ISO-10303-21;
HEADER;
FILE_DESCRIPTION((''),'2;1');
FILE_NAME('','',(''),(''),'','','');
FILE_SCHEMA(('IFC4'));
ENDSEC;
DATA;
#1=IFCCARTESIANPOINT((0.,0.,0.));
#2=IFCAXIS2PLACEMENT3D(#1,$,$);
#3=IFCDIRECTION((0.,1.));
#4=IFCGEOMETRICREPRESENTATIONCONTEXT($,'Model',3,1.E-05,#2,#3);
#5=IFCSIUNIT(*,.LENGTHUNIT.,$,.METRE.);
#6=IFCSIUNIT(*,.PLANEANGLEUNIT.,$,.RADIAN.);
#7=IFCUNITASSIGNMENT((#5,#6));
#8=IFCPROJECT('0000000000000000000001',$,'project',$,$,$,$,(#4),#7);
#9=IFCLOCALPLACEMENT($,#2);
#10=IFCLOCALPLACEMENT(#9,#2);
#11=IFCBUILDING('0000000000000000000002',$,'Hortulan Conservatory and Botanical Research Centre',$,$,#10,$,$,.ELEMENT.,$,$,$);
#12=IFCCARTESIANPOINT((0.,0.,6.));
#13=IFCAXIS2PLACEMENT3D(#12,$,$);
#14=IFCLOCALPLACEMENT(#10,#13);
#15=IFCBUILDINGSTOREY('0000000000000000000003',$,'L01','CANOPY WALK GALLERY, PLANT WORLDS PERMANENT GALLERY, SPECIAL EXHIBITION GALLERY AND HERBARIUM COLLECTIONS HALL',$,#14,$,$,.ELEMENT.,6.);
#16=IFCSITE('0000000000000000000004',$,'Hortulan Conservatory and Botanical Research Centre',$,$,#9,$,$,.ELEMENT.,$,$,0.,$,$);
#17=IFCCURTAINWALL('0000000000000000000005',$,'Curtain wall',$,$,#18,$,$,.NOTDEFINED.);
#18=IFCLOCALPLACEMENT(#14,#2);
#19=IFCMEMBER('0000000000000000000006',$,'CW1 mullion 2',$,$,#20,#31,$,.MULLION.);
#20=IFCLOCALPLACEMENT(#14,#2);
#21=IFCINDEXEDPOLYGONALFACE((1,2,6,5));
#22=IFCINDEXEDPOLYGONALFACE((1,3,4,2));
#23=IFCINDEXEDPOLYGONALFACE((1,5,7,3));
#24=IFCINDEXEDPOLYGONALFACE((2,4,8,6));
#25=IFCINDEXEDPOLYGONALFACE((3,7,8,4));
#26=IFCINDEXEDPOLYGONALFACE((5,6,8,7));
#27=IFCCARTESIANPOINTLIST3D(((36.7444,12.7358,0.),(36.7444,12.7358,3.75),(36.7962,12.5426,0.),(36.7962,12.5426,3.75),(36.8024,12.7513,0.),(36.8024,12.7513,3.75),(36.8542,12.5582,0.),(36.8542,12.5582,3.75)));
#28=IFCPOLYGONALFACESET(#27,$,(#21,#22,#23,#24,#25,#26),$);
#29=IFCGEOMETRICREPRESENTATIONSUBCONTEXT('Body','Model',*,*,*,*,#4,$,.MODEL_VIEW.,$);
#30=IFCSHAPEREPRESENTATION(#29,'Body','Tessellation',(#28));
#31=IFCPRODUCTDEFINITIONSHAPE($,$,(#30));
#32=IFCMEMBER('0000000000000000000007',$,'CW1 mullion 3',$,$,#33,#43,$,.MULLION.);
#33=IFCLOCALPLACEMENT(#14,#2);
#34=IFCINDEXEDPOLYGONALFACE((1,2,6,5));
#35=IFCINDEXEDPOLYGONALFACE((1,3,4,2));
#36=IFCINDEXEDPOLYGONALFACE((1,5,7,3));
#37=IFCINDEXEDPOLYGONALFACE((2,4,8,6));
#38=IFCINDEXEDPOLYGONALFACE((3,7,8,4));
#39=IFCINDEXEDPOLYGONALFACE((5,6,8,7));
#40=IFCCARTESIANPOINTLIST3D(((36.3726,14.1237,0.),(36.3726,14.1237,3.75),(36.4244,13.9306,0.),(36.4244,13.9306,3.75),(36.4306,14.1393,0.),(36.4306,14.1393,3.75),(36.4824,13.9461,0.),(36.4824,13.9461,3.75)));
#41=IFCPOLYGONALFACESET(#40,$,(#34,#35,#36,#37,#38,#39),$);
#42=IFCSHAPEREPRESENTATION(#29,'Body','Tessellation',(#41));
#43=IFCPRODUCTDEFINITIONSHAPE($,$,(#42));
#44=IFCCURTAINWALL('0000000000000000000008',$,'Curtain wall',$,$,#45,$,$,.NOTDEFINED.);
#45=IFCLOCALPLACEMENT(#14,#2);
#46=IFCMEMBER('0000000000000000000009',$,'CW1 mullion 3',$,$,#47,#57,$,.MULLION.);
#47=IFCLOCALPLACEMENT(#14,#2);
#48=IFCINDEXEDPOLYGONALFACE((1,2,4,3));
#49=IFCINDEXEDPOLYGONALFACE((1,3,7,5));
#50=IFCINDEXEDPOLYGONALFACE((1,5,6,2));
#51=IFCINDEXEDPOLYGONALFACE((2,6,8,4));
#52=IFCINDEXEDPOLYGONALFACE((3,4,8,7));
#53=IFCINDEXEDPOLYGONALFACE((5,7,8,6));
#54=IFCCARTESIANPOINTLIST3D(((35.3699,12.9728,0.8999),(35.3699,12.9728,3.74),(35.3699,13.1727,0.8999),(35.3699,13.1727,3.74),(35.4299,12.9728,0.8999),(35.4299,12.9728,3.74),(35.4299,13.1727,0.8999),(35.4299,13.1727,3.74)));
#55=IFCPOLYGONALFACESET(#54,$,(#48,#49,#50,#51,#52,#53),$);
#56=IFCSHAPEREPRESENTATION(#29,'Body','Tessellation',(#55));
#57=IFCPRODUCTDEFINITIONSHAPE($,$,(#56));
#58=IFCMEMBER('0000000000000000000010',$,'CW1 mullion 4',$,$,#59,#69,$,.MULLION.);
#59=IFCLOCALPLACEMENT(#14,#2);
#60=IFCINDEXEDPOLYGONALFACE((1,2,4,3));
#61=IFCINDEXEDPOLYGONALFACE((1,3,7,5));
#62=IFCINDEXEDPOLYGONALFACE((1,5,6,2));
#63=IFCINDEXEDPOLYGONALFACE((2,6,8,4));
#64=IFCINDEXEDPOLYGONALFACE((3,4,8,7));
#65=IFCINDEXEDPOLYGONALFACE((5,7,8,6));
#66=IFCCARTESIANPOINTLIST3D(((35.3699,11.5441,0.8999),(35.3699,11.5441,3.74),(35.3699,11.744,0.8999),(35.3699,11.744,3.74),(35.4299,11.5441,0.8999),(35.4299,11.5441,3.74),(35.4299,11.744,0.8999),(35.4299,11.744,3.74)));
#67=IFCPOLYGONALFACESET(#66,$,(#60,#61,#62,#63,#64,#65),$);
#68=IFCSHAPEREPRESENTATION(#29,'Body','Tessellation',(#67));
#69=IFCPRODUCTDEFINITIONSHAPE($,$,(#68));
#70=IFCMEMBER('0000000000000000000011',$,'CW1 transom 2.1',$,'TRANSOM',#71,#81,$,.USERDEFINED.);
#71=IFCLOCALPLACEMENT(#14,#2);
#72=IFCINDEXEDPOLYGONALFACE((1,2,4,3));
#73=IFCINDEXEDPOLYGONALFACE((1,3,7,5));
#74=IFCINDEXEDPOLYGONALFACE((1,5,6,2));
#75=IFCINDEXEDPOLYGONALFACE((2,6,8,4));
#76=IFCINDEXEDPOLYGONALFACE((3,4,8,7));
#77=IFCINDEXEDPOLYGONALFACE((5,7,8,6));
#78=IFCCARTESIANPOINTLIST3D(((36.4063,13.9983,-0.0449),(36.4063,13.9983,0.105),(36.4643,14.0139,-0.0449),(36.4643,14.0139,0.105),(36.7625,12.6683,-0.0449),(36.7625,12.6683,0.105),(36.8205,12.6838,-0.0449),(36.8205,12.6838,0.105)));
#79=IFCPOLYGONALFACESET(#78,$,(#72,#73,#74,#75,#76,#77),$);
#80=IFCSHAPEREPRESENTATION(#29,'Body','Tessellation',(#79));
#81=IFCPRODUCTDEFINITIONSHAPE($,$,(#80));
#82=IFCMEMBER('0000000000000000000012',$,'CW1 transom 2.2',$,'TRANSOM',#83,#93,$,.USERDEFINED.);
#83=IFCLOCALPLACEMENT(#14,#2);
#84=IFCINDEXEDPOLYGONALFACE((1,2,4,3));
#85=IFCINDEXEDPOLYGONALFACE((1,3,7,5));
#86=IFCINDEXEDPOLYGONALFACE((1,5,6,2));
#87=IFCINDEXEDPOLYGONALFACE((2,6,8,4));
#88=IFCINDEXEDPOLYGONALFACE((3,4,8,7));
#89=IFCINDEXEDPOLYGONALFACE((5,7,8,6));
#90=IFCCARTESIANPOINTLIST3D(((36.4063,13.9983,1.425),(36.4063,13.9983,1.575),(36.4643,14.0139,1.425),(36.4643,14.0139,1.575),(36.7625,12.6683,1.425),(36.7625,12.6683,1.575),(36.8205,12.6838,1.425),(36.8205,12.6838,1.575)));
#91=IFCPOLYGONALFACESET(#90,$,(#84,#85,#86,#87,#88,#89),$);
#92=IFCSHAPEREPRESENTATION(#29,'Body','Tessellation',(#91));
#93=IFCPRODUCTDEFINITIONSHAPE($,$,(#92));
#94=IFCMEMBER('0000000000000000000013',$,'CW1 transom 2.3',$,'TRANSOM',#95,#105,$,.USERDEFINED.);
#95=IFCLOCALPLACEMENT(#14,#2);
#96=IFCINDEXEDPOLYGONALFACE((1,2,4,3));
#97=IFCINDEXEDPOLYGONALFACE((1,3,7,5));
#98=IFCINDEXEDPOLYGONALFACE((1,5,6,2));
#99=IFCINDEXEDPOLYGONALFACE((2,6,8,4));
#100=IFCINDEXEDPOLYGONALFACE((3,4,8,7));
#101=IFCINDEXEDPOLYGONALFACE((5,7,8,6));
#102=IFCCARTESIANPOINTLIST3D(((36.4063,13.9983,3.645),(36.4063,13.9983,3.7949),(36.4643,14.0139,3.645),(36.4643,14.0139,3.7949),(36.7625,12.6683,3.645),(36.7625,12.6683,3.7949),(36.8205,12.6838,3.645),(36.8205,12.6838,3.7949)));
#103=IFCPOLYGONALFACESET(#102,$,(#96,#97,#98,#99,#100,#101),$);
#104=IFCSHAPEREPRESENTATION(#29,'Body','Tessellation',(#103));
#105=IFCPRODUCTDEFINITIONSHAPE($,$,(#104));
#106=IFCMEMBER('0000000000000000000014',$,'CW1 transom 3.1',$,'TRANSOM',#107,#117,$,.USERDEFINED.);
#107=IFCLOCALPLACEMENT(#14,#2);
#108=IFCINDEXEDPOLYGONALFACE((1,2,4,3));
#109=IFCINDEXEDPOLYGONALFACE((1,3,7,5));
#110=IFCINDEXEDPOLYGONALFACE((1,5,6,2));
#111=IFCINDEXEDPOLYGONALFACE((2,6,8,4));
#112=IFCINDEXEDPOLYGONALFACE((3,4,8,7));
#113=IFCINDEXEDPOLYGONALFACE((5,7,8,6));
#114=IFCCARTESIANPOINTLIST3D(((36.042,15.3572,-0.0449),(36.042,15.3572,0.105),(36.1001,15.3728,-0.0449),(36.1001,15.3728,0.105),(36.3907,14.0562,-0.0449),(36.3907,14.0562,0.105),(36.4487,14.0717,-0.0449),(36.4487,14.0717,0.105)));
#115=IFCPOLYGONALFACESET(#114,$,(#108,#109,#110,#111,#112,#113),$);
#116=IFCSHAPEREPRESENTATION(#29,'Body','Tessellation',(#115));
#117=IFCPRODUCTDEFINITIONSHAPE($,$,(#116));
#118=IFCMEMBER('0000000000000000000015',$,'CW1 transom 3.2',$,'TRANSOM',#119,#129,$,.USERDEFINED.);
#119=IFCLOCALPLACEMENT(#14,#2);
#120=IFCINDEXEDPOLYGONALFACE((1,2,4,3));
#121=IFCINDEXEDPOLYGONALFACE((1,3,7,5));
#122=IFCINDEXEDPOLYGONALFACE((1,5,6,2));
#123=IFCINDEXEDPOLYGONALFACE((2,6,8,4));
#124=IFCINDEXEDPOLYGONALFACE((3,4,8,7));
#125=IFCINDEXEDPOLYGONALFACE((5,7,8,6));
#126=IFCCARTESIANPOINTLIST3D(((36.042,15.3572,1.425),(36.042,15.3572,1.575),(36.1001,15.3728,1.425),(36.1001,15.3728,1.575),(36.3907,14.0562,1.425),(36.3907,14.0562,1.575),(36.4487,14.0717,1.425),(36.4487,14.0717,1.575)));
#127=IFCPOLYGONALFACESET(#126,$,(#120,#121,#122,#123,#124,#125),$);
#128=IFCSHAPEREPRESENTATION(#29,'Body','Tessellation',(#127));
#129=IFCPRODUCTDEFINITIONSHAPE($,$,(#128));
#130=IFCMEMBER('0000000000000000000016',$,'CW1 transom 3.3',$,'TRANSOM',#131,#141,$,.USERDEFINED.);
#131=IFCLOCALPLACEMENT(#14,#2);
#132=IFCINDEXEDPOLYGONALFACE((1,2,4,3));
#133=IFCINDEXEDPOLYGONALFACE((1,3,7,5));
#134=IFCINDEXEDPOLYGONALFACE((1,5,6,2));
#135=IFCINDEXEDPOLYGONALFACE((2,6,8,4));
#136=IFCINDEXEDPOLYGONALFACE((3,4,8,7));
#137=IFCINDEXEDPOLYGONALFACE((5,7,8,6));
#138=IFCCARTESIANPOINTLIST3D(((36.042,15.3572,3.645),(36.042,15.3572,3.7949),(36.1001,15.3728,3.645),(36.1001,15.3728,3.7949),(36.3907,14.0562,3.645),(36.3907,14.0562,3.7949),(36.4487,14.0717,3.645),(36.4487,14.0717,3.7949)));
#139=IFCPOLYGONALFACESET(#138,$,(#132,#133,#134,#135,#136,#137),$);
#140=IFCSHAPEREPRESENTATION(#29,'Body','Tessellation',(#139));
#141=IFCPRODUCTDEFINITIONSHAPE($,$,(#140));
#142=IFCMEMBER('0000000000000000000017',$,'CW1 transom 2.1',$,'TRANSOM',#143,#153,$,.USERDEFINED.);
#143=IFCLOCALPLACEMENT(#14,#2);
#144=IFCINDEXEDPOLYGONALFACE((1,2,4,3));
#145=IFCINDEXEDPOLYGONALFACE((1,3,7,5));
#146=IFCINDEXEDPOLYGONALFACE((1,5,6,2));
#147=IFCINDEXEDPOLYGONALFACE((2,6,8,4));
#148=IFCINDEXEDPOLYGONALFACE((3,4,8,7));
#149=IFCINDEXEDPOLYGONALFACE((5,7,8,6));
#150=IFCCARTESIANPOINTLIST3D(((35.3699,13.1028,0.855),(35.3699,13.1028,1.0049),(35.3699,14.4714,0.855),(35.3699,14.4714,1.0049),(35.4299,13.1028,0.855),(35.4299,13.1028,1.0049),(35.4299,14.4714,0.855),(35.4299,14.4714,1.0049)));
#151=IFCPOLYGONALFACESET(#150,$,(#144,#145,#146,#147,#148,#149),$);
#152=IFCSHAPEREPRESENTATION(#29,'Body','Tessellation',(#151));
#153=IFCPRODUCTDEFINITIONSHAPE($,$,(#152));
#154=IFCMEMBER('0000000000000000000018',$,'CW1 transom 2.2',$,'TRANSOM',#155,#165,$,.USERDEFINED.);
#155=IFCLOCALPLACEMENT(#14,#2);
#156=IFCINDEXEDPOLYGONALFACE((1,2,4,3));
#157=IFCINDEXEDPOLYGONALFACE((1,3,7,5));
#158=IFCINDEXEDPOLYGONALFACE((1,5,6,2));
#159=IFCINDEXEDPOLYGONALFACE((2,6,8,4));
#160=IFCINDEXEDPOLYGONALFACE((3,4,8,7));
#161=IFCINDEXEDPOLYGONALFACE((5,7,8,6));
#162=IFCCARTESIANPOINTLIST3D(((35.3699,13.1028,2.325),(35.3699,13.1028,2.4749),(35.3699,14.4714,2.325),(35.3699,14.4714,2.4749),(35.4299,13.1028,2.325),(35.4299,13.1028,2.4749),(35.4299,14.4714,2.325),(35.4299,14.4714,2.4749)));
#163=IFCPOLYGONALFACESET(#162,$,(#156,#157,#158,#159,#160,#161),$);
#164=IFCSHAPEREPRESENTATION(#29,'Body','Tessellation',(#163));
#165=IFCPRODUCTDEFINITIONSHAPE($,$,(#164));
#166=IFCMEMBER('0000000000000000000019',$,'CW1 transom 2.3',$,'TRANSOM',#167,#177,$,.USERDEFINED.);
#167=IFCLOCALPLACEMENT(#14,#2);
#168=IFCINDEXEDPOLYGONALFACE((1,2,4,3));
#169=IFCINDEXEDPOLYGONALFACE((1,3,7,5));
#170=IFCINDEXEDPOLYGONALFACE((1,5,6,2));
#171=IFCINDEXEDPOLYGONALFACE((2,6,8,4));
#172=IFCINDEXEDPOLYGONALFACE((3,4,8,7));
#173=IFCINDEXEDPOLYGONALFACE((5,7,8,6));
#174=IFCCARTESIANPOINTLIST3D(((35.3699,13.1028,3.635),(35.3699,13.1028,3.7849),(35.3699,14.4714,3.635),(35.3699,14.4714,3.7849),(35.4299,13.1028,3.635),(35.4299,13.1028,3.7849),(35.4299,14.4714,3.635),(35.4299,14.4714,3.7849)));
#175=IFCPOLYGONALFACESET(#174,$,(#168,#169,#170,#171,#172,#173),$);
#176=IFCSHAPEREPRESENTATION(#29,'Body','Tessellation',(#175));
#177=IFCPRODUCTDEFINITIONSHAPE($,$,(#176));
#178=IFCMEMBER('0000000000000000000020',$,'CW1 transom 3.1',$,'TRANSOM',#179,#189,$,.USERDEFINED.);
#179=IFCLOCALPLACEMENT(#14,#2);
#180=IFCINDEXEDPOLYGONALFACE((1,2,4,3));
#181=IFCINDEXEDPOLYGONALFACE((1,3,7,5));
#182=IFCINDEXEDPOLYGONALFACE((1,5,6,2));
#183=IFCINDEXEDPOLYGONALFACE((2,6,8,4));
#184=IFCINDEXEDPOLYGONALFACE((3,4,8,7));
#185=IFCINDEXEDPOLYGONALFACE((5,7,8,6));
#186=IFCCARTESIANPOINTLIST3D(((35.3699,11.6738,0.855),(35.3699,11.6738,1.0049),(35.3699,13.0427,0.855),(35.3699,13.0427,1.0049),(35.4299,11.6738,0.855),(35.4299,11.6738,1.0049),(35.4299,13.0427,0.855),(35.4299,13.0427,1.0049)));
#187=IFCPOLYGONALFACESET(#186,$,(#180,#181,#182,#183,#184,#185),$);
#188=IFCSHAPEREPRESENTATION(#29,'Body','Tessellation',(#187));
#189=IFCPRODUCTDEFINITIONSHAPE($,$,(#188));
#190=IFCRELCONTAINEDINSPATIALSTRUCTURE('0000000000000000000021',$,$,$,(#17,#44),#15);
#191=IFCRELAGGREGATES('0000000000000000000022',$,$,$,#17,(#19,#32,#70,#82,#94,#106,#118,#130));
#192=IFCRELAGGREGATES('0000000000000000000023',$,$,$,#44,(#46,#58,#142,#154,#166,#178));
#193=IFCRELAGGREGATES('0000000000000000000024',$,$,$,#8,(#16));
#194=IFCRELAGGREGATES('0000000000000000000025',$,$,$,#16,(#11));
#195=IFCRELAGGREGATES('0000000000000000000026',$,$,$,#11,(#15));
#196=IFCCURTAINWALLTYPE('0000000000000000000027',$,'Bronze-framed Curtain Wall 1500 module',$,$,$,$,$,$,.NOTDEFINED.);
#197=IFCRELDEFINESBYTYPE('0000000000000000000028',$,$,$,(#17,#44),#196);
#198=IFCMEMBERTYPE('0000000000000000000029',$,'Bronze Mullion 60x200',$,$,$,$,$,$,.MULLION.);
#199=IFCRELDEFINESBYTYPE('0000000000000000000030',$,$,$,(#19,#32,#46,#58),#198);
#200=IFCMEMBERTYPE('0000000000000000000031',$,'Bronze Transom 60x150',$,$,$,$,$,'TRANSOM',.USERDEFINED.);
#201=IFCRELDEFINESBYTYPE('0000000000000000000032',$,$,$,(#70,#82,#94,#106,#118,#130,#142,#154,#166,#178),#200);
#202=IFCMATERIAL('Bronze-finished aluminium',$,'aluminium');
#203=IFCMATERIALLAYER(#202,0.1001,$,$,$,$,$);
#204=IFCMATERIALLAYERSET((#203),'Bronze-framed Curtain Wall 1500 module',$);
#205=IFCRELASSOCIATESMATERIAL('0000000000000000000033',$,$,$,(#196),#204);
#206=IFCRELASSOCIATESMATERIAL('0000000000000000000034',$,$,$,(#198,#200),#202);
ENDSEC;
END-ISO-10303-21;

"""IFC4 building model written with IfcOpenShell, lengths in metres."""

from ifc_helpers import new_model, si_unit, direction, frame, origin, origin_2d, place, context, subcontext, project, spatial, rectangle, extrude, material, layer, layer_set, material_profile, profile_set, type_object, element, aggregate, save


model = new_model("IFC4")

# Units and contexts
model_context = context("Model", 3, precision=1e-05, world=origin(), true_north=direction((0.0, 1.0)))
body_context = subcontext(model_context, "Body", "Model", "MODEL_VIEW")
ifc_project = project(units=[si_unit("LENGTHUNIT", "METRE"), si_unit("PLANEANGLEUNIT", "RADIAN")], contexts=[model_context])

# Site, building, storey
site_placement = place(None, origin())
site = spatial("IfcSite", under=ifc_project, at=site_placement, Name="Hortulan Conservatory and Botanical Research Centre", CompositionType="ELEMENT", RefElevation=0.0)
building_placement = place(site_placement, origin())
building = spatial("IfcBuilding", under=site, at=building_placement, Name="Hortulan Conservatory and Botanical Research Centre", CompositionType="ELEMENT")
storey_placement = place(building_placement, frame((0.0, 0.0, 6.0)))
storey = spatial("IfcBuildingStorey", under=building, at=storey_placement, Name="L01", Description="CANOPY WALK GALLERY, PLANT WORLDS PERMANENT GALLERY, SPECIAL EXHIBITION GALLERY AND HERBARIUM COLLECTIONS HALL", CompositionType="ELEMENT", Elevation=6.0)

# Curtain walls, members
ifc_material_1 = material(Name="Bronze-finished aluminium", Category="aluminium")
ifc_layer_1 = layer(ifc_material_1, 0.1001)
ifc_layer_set_1 = layer_set([ifc_layer_1], Name="Bronze-framed Curtain Wall 1500 module")
curtain_wall_type = type_object("IfcCurtainWallType", Name="Bronze-framed Curtain Wall 1500 module", PredefinedType="NOTDEFINED", material=ifc_layer_set_1)
curtain_wall_1_placement = place(storey_placement, origin())
curtain_wall_1 = element("IfcCurtainWall", 1, at=curtain_wall_1_placement, inside=storey, type_object=curtain_wall_type, Name="Curtain wall", PredefinedType="NOTDEFINED")
ifc_material_profile_1 = material_profile(ifc_material_1, rectangle(XDim=0.0601, YDim=0.2, at=origin_2d()), Name="Bronze Mullion 60x200")
ifc_profile_set_1 = profile_set([ifc_material_profile_1], Name="Bronze-finished aluminium")
member_type_1 = type_object("IfcMemberType", Name="Bronze Mullion 60x200", PredefinedType="MULLION", material=ifc_profile_set_1)
member_1_placement = place(storey_placement, frame((36.7993, 12.647, 0.0), z_axis=(0.0, 0.0, 1.0), x_axis=(-0.965922, -0.258832, 0.0)))
member_1 = element("IfcMember", 2, at=member_1_placement, type_object=member_type_1, Name="CW1 mullion 2", PredefinedType="MULLION", context=body_context, shape_type="SweptSolid", body=[
    extrude(rectangle(XDim=0.0601, YDim=0.2, at=origin_2d()), origin(), (0.0, 0.0, 1.0), 3.75),
])
member_2_placement = place(storey_placement, frame((36.4275, 14.0349, 0.0), z_axis=(0.0, 0.0, 1.0), x_axis=(-0.965922, -0.258832, 0.0)))
member_2 = element("IfcMember", 3, at=member_2_placement, type_object=member_type_1, Name="CW1 mullion 3", PredefinedType="MULLION", context=body_context, shape_type="SweptSolid", body=[
    extrude(rectangle(XDim=0.0601, YDim=0.2, at=origin_2d()), origin(), (0.0, 0.0, 1.0), 3.75),
])
curtain_wall_2_placement = place(storey_placement, origin())
curtain_wall_2 = element("IfcCurtainWall", 4, at=curtain_wall_2_placement, inside=storey, type_object=curtain_wall_type, Name="Curtain wall", PredefinedType="NOTDEFINED")
member_3_placement = place(storey_placement, frame((35.3999, 13.0728, 0.8999), z_axis=(0.0, 0.0, 1.0), x_axis=(1.0, 0.0, 0.0)))
member_3 = element("IfcMember", 5, at=member_3_placement, type_object=member_type_1, Name="CW1 mullion 3", PredefinedType="MULLION", context=body_context, shape_type="SweptSolid", body=[
    extrude(rectangle(XDim=0.0601, YDim=0.2, at=origin_2d()), origin(), (0.0, 0.0, 1.0), 2.8401),
])
member_4_placement = place(storey_placement, frame((35.3999, 11.644, 0.8999), z_axis=(0.0, 0.0, 1.0), x_axis=(1.0, 0.0, 0.0)))
member_4 = element("IfcMember", 6, at=member_4_placement, type_object=member_type_1, Name="CW1 mullion 4", PredefinedType="MULLION", context=body_context, shape_type="SweptSolid", body=[
    extrude(rectangle(XDim=0.0601, YDim=0.2, at=origin_2d()), origin(), (0.0, 0.0, 1.0), 2.8401),
])

# Members
ifc_material_profile_2 = material_profile(ifc_material_1, rectangle(XDim=0.0601, YDim=0.1499, at=origin_2d()), Name="Bronze Transom 60x150")
ifc_profile_set_2 = profile_set([ifc_material_profile_2], Name="Bronze-finished aluminium")
member_type_2 = type_object("IfcMemberType", Name="Bronze Transom 60x150", ElementType="TRANSOM", PredefinedType="USERDEFINED", material=ifc_profile_set_2)
member_5_placement = place(storey_placement, frame((36.7915, 12.676, 0.03), z_axis=(-0.258689, 0.965961, 0.0), x_axis=(-0.965961, -0.258689, 0.0)))
member_5 = element("IfcMember", 7, at=member_5_placement, type_object=member_type_2, Name="CW1 transom 2.1", ObjectType="TRANSOM", PredefinedType="USERDEFINED", context=body_context, shape_type="SweptSolid", body=[
    extrude(rectangle(XDim=0.0601, YDim=0.1499, at=origin_2d()), origin(), (0.0, 0.0, 1.0), 1.377),
])
member_6_placement = place(storey_placement, frame((36.7915, 12.676, 1.5), z_axis=(-0.258689, 0.965961, 0.0), x_axis=(-0.965961, -0.258689, 0.0)))
member_6 = element("IfcMember", 8, at=member_6_placement, type_object=member_type_2, Name="CW1 transom 2.2", ObjectType="TRANSOM", PredefinedType="USERDEFINED", context=body_context, shape_type="SweptSolid", body=[
    extrude(rectangle(XDim=0.0601, YDim=0.1499, at=origin_2d()), origin(), (0.0, 0.0, 1.0), 1.377),
])
member_7_placement = place(storey_placement, frame((36.7915, 12.676, 3.72), z_axis=(-0.258689, 0.965961, 0.0), x_axis=(-0.965961, -0.258689, 0.0)))
member_7 = element("IfcMember", 9, at=member_7_placement, type_object=member_type_2, Name="CW1 transom 2.3", ObjectType="TRANSOM", PredefinedType="USERDEFINED", context=body_context, shape_type="SweptSolid", body=[
    extrude(rectangle(XDim=0.0601, YDim=0.1499, at=origin_2d()), origin(), (0.0, 0.0, 1.0), 1.377),
])
member_8_placement = place(storey_placement, frame((36.4197, 14.064, 0.03), z_axis=(-0.258836, 0.965921, 0.0), x_axis=(-0.965921, -0.258836, 0.0)))
member_8 = element("IfcMember", 10, at=member_8_placement, type_object=member_type_2, Name="CW1 transom 3.1", ObjectType="TRANSOM", PredefinedType="USERDEFINED", context=body_context, shape_type="SweptSolid", body=[
    extrude(rectangle(XDim=0.0601, YDim=0.1499, at=origin_2d()), origin(), (0.0, 0.0, 1.0), 1.3469),
])
member_9_placement = place(storey_placement, frame((36.4197, 14.064, 1.5), z_axis=(-0.258836, 0.965921, 0.0), x_axis=(-0.965921, -0.258836, 0.0)))
member_9 = element("IfcMember", 11, at=member_9_placement, type_object=member_type_2, Name="CW1 transom 3.2", ObjectType="TRANSOM", PredefinedType="USERDEFINED", context=body_context, shape_type="SweptSolid", body=[
    extrude(rectangle(XDim=0.0601, YDim=0.1499, at=origin_2d()), origin(), (0.0, 0.0, 1.0), 1.3469),
])
member_10_placement = place(storey_placement, frame((36.4197, 14.064, 3.72), z_axis=(-0.258836, 0.965921, 0.0), x_axis=(-0.965921, -0.258836, 0.0)))
member_10 = element("IfcMember", 12, at=member_10_placement, type_object=member_type_2, Name="CW1 transom 3.3", ObjectType="TRANSOM", PredefinedType="USERDEFINED", context=body_context, shape_type="SweptSolid", body=[
    extrude(rectangle(XDim=0.0601, YDim=0.1499, at=origin_2d()), origin(), (0.0, 0.0, 1.0), 1.3469),
])
member_11_placement = place(storey_placement, frame((35.3999, 14.4714, 0.9299), z_axis=(0.0, -1.0, 0.0), x_axis=(1.0, 0.0, 0.0)))
member_11 = element("IfcMember", 13, at=member_11_placement, type_object=member_type_2, Name="CW1 transom 2.1", ObjectType="TRANSOM", PredefinedType="USERDEFINED", context=body_context, shape_type="SweptSolid", body=[
    extrude(rectangle(XDim=0.0601, YDim=0.1499, at=origin_2d()), origin(), (0.0, 0.0, 1.0), 1.3687),
])
member_12_placement = place(storey_placement, frame((35.3999, 14.4714, 2.3999), z_axis=(0.0, -1.0, 0.0), x_axis=(1.0, 0.0, 0.0)))
member_12 = element("IfcMember", 14, at=member_12_placement, type_object=member_type_2, Name="CW1 transom 2.2", ObjectType="TRANSOM", PredefinedType="USERDEFINED", context=body_context, shape_type="SweptSolid", body=[
    extrude(rectangle(XDim=0.0601, YDim=0.1499, at=origin_2d()), origin(), (0.0, 0.0, 1.0), 1.3687),
])
member_13_placement = place(storey_placement, frame((35.3999, 14.4714, 3.71), z_axis=(0.0, -1.0, 0.0), x_axis=(1.0, 0.0, 0.0)))
member_13 = element("IfcMember", 15, at=member_13_placement, type_object=member_type_2, Name="CW1 transom 2.3", ObjectType="TRANSOM", PredefinedType="USERDEFINED", context=body_context, shape_type="SweptSolid", body=[
    extrude(rectangle(XDim=0.0601, YDim=0.1499, at=origin_2d()), origin(), (0.0, 0.0, 1.0), 1.3687),
])
member_14_placement = place(storey_placement, frame((35.3999, 13.0427, 0.9299), z_axis=(0.0, -1.0, 0.0), x_axis=(1.0, 0.0, 0.0)))
member_14 = element("IfcMember", 16, at=member_14_placement, type_object=member_type_2, Name="CW1 transom 3.1", ObjectType="TRANSOM", PredefinedType="USERDEFINED", context=body_context, shape_type="SweptSolid", body=[
    extrude(rectangle(XDim=0.0601, YDim=0.1499, at=origin_2d()), origin(), (0.0, 0.0, 1.0), 1.3689),
])

aggregate(curtain_wall_1, [member_1, member_2, member_5, member_6, member_7, member_8, member_9, member_10])
aggregate(curtain_wall_2, [member_3, member_4, member_11, member_12, member_13, member_14])

save(model, "model.ifc")
